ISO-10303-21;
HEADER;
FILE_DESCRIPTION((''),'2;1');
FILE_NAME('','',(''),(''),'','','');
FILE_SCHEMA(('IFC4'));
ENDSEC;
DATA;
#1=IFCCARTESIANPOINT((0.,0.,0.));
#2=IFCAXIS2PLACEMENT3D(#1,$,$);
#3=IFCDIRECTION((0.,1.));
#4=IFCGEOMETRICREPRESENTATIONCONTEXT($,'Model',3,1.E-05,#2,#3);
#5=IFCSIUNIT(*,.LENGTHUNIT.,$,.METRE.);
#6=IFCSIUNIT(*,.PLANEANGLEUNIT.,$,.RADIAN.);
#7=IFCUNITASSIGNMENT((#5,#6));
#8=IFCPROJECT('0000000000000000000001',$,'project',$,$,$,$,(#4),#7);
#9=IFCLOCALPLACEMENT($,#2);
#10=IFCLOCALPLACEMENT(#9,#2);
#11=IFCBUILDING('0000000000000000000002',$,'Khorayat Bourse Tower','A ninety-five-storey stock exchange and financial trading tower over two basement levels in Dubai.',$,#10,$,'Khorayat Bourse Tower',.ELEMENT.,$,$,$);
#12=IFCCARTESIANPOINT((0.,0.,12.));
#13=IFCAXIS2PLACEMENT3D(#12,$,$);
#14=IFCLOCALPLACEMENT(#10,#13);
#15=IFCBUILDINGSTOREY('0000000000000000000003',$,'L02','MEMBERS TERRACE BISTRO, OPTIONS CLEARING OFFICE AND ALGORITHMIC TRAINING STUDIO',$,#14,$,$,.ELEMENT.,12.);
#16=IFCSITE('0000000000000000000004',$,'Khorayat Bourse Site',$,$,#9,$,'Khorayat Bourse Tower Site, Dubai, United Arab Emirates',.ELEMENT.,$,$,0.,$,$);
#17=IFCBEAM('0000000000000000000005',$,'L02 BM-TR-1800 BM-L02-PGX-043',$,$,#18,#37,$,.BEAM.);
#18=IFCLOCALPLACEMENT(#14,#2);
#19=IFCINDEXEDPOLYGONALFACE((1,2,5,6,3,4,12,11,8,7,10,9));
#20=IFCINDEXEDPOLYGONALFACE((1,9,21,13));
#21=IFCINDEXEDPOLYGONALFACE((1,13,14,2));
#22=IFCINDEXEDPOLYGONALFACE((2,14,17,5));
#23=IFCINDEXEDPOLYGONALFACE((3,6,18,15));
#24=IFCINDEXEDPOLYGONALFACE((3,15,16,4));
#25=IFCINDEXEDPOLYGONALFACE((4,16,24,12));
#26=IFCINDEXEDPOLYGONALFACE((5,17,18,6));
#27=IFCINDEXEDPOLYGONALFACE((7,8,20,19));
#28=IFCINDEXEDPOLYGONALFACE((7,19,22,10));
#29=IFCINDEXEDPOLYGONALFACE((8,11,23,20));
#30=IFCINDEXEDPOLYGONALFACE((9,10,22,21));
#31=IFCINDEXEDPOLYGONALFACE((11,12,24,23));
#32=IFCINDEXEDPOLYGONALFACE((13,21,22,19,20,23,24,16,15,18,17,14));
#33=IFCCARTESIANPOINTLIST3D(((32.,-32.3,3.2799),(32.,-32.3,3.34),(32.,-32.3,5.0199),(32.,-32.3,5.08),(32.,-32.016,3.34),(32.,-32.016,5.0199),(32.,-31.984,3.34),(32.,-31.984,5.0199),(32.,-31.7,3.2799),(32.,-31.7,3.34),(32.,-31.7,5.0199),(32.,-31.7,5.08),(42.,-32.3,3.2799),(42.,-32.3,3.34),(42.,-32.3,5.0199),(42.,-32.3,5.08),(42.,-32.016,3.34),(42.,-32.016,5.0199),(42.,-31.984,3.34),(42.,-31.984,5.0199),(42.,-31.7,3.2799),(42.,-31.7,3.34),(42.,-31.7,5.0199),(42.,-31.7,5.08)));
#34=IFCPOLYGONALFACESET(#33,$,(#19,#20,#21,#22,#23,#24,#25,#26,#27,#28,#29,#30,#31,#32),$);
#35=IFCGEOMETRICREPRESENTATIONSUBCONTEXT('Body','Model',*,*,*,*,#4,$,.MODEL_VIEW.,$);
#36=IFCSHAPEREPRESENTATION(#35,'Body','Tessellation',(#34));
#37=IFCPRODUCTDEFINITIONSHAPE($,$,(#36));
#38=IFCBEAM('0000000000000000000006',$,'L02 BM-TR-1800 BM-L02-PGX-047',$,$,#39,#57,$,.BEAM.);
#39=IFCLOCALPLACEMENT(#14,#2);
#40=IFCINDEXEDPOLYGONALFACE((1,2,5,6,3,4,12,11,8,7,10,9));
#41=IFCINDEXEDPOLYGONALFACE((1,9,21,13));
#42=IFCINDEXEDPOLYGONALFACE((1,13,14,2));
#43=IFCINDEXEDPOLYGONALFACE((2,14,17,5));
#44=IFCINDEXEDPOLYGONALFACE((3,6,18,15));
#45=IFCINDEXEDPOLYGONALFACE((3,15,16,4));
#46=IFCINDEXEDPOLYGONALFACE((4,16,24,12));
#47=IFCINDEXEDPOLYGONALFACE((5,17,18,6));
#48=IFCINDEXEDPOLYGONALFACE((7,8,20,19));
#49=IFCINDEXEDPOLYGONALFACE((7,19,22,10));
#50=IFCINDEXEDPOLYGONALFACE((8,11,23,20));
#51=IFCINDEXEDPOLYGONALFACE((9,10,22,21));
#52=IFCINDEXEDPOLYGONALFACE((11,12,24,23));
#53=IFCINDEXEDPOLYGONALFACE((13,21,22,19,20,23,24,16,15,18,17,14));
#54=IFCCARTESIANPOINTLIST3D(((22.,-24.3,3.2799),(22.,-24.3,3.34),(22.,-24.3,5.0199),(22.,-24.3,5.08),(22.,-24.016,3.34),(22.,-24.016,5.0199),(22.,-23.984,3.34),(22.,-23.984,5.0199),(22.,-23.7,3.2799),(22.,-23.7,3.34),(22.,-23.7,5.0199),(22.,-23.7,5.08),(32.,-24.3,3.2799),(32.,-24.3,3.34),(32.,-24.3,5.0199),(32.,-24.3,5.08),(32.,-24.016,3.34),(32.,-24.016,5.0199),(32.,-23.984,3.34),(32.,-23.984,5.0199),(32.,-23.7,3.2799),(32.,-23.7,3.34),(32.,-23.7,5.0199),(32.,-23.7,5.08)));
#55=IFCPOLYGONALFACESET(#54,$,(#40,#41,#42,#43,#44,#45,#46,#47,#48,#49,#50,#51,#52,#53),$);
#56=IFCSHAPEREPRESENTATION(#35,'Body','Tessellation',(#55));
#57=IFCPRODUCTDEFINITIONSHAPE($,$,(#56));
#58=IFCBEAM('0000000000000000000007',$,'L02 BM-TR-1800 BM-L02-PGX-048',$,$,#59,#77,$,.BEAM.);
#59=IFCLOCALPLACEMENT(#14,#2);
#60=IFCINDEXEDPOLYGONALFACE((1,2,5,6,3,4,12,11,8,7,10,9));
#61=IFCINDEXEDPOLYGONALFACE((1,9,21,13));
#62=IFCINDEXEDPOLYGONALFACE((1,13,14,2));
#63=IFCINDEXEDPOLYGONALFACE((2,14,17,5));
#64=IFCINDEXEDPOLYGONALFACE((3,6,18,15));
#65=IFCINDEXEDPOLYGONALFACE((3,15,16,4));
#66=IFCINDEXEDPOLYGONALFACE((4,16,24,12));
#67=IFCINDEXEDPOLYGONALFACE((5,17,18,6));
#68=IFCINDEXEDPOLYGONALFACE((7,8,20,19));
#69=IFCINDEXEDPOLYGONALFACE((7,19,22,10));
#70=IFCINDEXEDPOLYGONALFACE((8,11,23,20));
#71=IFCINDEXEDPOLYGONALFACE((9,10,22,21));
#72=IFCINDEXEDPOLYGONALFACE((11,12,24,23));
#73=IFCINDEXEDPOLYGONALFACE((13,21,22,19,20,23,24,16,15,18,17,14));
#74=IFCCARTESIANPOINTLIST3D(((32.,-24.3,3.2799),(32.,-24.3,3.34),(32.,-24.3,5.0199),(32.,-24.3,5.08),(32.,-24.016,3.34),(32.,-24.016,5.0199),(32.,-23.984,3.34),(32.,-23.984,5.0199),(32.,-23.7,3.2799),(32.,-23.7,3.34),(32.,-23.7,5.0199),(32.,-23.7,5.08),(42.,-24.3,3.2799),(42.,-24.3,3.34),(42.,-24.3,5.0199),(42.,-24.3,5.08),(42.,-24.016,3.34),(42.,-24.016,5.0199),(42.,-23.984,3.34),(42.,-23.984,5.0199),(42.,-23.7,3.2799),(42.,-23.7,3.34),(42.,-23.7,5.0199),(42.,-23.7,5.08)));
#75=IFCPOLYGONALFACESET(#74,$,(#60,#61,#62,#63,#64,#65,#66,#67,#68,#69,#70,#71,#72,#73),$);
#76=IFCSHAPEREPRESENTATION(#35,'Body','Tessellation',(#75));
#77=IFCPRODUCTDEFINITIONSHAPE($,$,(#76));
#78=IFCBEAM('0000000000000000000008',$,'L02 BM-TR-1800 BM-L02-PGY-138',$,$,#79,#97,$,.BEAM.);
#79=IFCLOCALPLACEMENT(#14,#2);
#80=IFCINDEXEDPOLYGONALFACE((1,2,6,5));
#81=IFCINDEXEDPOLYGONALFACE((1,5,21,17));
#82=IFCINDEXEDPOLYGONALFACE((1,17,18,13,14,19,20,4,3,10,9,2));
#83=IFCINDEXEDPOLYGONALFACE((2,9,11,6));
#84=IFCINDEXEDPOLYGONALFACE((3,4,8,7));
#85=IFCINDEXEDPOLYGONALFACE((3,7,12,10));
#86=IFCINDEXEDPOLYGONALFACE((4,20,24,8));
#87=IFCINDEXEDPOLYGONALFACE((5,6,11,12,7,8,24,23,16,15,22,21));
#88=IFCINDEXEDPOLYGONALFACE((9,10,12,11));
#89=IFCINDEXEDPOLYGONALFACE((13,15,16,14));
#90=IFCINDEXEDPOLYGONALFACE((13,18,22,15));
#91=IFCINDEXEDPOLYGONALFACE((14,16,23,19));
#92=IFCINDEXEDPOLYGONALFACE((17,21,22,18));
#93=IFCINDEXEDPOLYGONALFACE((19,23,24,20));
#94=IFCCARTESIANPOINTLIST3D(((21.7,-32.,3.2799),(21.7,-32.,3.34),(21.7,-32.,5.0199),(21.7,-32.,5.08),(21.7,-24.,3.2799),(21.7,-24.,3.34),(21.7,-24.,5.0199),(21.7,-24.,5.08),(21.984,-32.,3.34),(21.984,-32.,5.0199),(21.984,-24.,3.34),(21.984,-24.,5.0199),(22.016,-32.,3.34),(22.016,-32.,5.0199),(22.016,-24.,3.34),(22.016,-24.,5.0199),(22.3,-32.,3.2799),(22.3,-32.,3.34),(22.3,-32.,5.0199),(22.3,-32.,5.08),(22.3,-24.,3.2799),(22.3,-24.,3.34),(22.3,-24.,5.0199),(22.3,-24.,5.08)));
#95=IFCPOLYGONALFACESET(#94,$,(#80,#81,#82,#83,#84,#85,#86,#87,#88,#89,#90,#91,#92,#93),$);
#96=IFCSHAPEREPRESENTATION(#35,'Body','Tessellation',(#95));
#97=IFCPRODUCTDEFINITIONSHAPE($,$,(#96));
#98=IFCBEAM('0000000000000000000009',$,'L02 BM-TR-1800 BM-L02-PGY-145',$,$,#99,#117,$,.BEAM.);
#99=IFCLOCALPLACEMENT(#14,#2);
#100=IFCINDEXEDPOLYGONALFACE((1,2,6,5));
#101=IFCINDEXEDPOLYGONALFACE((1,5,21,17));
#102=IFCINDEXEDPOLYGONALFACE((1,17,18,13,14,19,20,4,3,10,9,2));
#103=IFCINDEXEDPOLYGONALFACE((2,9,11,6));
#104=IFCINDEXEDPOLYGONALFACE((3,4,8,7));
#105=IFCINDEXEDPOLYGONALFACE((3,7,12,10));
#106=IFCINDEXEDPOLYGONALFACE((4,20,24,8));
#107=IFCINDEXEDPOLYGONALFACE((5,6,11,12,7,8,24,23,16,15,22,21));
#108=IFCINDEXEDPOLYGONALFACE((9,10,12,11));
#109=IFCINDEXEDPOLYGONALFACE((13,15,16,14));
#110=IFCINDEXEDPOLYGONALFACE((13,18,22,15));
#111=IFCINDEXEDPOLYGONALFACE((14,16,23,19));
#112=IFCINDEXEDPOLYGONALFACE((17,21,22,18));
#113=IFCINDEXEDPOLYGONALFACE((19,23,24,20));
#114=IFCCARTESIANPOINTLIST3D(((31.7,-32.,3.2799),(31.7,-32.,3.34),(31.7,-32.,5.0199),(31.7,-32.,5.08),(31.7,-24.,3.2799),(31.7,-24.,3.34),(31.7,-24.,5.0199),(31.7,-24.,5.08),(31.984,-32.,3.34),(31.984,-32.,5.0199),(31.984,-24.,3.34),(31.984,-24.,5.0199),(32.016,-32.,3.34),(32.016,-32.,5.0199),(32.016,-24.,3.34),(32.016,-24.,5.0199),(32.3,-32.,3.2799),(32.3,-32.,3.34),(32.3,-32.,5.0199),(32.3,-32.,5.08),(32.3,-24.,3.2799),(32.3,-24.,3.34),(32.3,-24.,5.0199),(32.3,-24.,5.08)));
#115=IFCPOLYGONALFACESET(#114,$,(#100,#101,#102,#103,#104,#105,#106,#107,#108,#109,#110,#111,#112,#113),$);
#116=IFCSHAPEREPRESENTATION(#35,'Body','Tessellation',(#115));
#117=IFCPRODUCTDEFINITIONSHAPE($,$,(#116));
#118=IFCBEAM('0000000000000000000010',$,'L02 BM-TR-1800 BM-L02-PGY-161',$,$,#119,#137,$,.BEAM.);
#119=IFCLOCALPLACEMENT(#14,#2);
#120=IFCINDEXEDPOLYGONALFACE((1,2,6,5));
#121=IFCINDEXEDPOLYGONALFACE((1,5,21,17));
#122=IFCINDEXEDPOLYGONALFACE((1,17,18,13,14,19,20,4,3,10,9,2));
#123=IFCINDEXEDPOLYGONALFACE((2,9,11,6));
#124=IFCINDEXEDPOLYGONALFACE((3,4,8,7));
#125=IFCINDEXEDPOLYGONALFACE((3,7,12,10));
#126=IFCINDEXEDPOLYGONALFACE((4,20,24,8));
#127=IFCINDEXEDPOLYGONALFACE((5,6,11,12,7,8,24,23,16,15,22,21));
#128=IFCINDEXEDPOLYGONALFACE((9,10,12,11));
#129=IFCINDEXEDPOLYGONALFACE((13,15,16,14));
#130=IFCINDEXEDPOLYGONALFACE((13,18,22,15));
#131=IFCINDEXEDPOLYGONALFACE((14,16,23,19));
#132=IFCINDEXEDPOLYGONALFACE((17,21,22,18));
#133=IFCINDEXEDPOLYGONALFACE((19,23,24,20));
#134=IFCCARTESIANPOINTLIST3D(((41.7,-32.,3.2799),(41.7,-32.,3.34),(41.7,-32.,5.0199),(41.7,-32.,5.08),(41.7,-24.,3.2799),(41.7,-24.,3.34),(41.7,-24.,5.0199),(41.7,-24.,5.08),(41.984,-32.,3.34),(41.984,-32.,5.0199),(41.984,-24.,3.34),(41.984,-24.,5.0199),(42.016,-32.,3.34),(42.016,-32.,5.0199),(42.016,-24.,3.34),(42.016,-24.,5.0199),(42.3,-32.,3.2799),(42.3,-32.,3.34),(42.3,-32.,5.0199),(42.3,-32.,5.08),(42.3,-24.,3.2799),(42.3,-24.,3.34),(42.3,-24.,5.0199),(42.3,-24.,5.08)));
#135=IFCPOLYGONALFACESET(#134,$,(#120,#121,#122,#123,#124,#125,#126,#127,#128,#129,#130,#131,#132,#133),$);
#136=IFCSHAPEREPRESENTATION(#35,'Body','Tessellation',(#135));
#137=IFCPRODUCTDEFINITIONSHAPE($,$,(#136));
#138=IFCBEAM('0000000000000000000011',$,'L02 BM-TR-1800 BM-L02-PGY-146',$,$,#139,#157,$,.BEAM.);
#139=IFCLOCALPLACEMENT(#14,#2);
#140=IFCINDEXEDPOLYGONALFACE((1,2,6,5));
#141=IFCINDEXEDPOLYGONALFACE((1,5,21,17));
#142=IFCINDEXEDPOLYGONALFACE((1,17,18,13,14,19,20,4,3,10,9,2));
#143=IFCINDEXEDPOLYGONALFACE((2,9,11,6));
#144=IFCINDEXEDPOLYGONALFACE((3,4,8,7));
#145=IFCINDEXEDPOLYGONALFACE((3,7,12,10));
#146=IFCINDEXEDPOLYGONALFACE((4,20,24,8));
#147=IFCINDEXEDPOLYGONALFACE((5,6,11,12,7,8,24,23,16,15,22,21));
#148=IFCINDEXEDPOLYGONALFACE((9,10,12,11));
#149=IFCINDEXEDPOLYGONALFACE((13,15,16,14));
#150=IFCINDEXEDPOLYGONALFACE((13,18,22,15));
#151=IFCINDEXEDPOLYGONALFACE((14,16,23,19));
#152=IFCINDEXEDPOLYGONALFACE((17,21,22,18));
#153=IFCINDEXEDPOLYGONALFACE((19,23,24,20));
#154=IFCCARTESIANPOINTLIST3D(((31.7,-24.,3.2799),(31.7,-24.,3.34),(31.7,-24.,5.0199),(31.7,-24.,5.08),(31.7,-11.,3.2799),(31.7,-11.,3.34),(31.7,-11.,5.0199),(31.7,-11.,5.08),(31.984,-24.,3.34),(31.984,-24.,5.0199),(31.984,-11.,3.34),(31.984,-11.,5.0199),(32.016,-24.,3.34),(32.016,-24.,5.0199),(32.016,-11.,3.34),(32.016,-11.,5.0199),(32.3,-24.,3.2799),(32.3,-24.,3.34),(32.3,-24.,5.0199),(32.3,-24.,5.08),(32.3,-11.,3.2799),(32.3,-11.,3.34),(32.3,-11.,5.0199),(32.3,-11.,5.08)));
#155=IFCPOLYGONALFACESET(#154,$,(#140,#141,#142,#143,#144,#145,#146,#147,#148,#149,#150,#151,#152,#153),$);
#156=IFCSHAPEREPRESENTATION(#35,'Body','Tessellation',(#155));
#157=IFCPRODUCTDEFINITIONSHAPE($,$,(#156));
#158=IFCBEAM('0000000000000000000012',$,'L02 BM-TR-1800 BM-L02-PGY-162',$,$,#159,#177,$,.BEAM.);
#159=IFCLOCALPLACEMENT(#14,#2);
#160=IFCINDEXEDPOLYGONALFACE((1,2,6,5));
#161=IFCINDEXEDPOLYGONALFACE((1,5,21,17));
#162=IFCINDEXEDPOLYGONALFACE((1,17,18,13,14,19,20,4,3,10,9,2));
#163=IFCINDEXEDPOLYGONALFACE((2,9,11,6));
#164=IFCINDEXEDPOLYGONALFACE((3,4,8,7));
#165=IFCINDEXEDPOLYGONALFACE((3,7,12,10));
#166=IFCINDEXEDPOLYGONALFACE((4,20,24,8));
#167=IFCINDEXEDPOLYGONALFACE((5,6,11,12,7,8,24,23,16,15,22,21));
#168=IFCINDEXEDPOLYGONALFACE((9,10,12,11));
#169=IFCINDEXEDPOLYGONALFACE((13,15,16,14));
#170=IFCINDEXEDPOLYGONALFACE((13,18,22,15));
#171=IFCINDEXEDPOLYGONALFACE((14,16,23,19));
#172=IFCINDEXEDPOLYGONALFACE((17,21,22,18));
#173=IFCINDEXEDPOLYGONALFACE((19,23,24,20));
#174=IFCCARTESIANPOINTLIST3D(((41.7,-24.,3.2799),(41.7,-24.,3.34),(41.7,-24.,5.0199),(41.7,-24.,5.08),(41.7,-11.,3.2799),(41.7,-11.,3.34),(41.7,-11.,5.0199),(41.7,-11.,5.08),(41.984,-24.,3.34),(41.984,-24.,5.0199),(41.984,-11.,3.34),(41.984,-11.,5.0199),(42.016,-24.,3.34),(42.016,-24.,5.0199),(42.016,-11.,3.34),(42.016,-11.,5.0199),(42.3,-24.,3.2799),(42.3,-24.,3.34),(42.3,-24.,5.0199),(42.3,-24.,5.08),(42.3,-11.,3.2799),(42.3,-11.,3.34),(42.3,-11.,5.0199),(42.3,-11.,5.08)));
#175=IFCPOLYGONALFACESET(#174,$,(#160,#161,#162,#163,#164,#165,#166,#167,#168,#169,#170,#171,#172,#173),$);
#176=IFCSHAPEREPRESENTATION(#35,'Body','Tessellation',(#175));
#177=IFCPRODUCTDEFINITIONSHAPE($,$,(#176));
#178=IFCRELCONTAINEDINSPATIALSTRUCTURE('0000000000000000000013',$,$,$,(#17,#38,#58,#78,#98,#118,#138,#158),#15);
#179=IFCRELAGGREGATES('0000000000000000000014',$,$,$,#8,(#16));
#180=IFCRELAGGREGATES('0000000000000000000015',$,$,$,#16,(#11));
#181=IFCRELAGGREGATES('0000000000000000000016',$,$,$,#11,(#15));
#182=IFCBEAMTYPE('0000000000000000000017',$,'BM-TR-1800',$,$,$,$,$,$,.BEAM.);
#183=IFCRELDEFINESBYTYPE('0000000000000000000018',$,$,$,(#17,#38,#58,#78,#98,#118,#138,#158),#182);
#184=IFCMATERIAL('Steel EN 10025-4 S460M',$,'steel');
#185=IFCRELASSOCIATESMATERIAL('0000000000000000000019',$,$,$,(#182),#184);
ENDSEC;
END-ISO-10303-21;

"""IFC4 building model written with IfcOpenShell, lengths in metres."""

from ifc_helpers import new_model, si_unit, direction, frame, origin, origin_2d, place, context, subcontext, project, spatial, i_section, extrude, source, transform, mapped, material, material_profile, profile_set, type_object, element, save


model = new_model("IFC4")

# Units and contexts
model_context = context("Model", 3, precision=1e-05, world=origin(), true_north=direction((0.0, 1.0)))
body_context = subcontext(model_context, "Body", "Model", "MODEL_VIEW")
ifc_project = project(units=[si_unit("LENGTHUNIT", "METRE"), si_unit("PLANEANGLEUNIT", "RADIAN")], contexts=[model_context])

# Site, building, storey
site_placement = place(None, origin())
site = spatial("IfcSite", under=ifc_project, at=site_placement, Name="Khorayat Bourse Site", LongName="Khorayat Bourse Tower Site, Dubai, United Arab Emirates", CompositionType="ELEMENT", RefElevation=0.0)
building_placement = place(site_placement, origin())
building = spatial("IfcBuilding", under=site, at=building_placement, Name="Khorayat Bourse Tower", Description="A ninety-five-storey stock exchange and financial trading tower over two basement levels in Dubai.", LongName="Khorayat Bourse Tower", CompositionType="ELEMENT")
storey_placement = place(building_placement, frame((0.0, 0.0, 12.0)))
storey = spatial("IfcBuildingStorey", under=building, at=storey_placement, Name="L02", Description="MEMBERS TERRACE BISTRO, OPTIONS CLEARING OFFICE AND ALGORITHMIC TRAINING STUDIO", CompositionType="ELEMENT", Elevation=12.0)

# Beams
ifc_material_1 = material(Name="Steel EN 10025-4 S460M", Category="steel")
ifc_material_profile_1 = material_profile(ifc_material_1, i_section(OverallWidth=0.6001, OverallDepth=1.8, WebThickness=0.032, FlangeThickness=0.0601, at=origin_2d()), Name="PG 1800x600x32x60")
ifc_profile_set_1 = profile_set([ifc_material_profile_1], Name="Steel EN 10025-4 S460M")
beam_type_1 = type_object("IfcBeamType", Name="BM-TR-1800", PredefinedType="BEAM", material=ifc_profile_set_1)
shared_shape_1 = source(origin(), body_context, "Body", "SweptSolid", [
    extrude(i_section(OverallWidth=0.6001, OverallDepth=1.8, WebThickness=0.032, FlangeThickness=0.0601, at=origin_2d()), origin(), (0.0, 0.0, 1.0), 10.0),
])
for number, where, z_axis, x_axis, name in (
    (1, (32.0, -32.0, 4.1799), (1.0, 0.0, 0.0), (0.0, 1.0, 0.0), "L02 BM-TR-1800 BM-L02-PGX-043"),
    (2, (22.0, -24.0, 4.1799), (1.0, 0.0, 0.0), (0.0, 1.0, 0.0), "L02 BM-TR-1800 BM-L02-PGX-047"),
    (3, (32.0, -24.0, 4.1799), (1.0, 0.0, 0.0), (0.0, 1.0, 0.0), "L02 BM-TR-1800 BM-L02-PGX-048"),
):
    element("IfcBeam", number, at=place(storey_placement, frame(where, z_axis=z_axis, x_axis=x_axis)), inside=storey, type_object=beam_type_1, Name=name, PredefinedType="BEAM", context=body_context, shape_type="MappedRepresentation", body=[
        mapped(shared_shape_1, transform((0.0, 0.0, 0.0), scale=1.0)),
    ])
shared_shape_2 = source(origin(), body_context, "Body", "SweptSolid", [
    extrude(i_section(OverallWidth=0.6001, OverallDepth=1.8, WebThickness=0.032, FlangeThickness=0.0601, at=origin_2d()), origin(), (0.0, 0.0, 1.0), 8.0),
])
for number, where, z_axis, x_axis, name in (
    (4, (22.0, -32.0, 4.1799), (0.0, 1.0, 0.0), (-1.0, 0.0, 0.0), "L02 BM-TR-1800 BM-L02-PGY-138"),
    (5, (32.0, -32.0, 4.1799), (0.0, 1.0, 0.0), (-1.0, 0.0, 0.0), "L02 BM-TR-1800 BM-L02-PGY-145"),
    (6, (42.0, -32.0, 4.1799), (0.0, 1.0, 0.0), (-1.0, 0.0, 0.0), "L02 BM-TR-1800 BM-L02-PGY-161"),
):
    element("IfcBeam", number, at=place(storey_placement, frame(where, z_axis=z_axis, x_axis=x_axis)), inside=storey, type_object=beam_type_1, Name=name, PredefinedType="BEAM", context=body_context, shape_type="MappedRepresentation", body=[
        mapped(shared_shape_2, transform((0.0, 0.0, 0.0), scale=1.0)),
    ])
shared_shape_3 = source(origin(), body_context, "Body", "SweptSolid", [
    extrude(i_section(OverallWidth=0.6001, OverallDepth=1.8, WebThickness=0.032, FlangeThickness=0.0601, at=origin_2d()), origin(), (0.0, 0.0, 1.0), 13.0),
])
for number, where, z_axis, x_axis, name in (
    (7, (32.0, -24.0, 4.1799), (0.0, 1.0, 0.0), (-1.0, 0.0, 0.0), "L02 BM-TR-1800 BM-L02-PGY-146"),
    (8, (42.0, -24.0, 4.1799), (0.0, 1.0, 0.0), (-1.0, 0.0, 0.0), "L02 BM-TR-1800 BM-L02-PGY-162"),
):
    element("IfcBeam", number, at=place(storey_placement, frame(where, z_axis=z_axis, x_axis=x_axis)), inside=storey, type_object=beam_type_1, Name=name, PredefinedType="BEAM", context=body_context, shape_type="MappedRepresentation", body=[
        mapped(shared_shape_3, transform((0.0, 0.0, 0.0), scale=1.0)),
    ])

save(model, "model.ifc")
